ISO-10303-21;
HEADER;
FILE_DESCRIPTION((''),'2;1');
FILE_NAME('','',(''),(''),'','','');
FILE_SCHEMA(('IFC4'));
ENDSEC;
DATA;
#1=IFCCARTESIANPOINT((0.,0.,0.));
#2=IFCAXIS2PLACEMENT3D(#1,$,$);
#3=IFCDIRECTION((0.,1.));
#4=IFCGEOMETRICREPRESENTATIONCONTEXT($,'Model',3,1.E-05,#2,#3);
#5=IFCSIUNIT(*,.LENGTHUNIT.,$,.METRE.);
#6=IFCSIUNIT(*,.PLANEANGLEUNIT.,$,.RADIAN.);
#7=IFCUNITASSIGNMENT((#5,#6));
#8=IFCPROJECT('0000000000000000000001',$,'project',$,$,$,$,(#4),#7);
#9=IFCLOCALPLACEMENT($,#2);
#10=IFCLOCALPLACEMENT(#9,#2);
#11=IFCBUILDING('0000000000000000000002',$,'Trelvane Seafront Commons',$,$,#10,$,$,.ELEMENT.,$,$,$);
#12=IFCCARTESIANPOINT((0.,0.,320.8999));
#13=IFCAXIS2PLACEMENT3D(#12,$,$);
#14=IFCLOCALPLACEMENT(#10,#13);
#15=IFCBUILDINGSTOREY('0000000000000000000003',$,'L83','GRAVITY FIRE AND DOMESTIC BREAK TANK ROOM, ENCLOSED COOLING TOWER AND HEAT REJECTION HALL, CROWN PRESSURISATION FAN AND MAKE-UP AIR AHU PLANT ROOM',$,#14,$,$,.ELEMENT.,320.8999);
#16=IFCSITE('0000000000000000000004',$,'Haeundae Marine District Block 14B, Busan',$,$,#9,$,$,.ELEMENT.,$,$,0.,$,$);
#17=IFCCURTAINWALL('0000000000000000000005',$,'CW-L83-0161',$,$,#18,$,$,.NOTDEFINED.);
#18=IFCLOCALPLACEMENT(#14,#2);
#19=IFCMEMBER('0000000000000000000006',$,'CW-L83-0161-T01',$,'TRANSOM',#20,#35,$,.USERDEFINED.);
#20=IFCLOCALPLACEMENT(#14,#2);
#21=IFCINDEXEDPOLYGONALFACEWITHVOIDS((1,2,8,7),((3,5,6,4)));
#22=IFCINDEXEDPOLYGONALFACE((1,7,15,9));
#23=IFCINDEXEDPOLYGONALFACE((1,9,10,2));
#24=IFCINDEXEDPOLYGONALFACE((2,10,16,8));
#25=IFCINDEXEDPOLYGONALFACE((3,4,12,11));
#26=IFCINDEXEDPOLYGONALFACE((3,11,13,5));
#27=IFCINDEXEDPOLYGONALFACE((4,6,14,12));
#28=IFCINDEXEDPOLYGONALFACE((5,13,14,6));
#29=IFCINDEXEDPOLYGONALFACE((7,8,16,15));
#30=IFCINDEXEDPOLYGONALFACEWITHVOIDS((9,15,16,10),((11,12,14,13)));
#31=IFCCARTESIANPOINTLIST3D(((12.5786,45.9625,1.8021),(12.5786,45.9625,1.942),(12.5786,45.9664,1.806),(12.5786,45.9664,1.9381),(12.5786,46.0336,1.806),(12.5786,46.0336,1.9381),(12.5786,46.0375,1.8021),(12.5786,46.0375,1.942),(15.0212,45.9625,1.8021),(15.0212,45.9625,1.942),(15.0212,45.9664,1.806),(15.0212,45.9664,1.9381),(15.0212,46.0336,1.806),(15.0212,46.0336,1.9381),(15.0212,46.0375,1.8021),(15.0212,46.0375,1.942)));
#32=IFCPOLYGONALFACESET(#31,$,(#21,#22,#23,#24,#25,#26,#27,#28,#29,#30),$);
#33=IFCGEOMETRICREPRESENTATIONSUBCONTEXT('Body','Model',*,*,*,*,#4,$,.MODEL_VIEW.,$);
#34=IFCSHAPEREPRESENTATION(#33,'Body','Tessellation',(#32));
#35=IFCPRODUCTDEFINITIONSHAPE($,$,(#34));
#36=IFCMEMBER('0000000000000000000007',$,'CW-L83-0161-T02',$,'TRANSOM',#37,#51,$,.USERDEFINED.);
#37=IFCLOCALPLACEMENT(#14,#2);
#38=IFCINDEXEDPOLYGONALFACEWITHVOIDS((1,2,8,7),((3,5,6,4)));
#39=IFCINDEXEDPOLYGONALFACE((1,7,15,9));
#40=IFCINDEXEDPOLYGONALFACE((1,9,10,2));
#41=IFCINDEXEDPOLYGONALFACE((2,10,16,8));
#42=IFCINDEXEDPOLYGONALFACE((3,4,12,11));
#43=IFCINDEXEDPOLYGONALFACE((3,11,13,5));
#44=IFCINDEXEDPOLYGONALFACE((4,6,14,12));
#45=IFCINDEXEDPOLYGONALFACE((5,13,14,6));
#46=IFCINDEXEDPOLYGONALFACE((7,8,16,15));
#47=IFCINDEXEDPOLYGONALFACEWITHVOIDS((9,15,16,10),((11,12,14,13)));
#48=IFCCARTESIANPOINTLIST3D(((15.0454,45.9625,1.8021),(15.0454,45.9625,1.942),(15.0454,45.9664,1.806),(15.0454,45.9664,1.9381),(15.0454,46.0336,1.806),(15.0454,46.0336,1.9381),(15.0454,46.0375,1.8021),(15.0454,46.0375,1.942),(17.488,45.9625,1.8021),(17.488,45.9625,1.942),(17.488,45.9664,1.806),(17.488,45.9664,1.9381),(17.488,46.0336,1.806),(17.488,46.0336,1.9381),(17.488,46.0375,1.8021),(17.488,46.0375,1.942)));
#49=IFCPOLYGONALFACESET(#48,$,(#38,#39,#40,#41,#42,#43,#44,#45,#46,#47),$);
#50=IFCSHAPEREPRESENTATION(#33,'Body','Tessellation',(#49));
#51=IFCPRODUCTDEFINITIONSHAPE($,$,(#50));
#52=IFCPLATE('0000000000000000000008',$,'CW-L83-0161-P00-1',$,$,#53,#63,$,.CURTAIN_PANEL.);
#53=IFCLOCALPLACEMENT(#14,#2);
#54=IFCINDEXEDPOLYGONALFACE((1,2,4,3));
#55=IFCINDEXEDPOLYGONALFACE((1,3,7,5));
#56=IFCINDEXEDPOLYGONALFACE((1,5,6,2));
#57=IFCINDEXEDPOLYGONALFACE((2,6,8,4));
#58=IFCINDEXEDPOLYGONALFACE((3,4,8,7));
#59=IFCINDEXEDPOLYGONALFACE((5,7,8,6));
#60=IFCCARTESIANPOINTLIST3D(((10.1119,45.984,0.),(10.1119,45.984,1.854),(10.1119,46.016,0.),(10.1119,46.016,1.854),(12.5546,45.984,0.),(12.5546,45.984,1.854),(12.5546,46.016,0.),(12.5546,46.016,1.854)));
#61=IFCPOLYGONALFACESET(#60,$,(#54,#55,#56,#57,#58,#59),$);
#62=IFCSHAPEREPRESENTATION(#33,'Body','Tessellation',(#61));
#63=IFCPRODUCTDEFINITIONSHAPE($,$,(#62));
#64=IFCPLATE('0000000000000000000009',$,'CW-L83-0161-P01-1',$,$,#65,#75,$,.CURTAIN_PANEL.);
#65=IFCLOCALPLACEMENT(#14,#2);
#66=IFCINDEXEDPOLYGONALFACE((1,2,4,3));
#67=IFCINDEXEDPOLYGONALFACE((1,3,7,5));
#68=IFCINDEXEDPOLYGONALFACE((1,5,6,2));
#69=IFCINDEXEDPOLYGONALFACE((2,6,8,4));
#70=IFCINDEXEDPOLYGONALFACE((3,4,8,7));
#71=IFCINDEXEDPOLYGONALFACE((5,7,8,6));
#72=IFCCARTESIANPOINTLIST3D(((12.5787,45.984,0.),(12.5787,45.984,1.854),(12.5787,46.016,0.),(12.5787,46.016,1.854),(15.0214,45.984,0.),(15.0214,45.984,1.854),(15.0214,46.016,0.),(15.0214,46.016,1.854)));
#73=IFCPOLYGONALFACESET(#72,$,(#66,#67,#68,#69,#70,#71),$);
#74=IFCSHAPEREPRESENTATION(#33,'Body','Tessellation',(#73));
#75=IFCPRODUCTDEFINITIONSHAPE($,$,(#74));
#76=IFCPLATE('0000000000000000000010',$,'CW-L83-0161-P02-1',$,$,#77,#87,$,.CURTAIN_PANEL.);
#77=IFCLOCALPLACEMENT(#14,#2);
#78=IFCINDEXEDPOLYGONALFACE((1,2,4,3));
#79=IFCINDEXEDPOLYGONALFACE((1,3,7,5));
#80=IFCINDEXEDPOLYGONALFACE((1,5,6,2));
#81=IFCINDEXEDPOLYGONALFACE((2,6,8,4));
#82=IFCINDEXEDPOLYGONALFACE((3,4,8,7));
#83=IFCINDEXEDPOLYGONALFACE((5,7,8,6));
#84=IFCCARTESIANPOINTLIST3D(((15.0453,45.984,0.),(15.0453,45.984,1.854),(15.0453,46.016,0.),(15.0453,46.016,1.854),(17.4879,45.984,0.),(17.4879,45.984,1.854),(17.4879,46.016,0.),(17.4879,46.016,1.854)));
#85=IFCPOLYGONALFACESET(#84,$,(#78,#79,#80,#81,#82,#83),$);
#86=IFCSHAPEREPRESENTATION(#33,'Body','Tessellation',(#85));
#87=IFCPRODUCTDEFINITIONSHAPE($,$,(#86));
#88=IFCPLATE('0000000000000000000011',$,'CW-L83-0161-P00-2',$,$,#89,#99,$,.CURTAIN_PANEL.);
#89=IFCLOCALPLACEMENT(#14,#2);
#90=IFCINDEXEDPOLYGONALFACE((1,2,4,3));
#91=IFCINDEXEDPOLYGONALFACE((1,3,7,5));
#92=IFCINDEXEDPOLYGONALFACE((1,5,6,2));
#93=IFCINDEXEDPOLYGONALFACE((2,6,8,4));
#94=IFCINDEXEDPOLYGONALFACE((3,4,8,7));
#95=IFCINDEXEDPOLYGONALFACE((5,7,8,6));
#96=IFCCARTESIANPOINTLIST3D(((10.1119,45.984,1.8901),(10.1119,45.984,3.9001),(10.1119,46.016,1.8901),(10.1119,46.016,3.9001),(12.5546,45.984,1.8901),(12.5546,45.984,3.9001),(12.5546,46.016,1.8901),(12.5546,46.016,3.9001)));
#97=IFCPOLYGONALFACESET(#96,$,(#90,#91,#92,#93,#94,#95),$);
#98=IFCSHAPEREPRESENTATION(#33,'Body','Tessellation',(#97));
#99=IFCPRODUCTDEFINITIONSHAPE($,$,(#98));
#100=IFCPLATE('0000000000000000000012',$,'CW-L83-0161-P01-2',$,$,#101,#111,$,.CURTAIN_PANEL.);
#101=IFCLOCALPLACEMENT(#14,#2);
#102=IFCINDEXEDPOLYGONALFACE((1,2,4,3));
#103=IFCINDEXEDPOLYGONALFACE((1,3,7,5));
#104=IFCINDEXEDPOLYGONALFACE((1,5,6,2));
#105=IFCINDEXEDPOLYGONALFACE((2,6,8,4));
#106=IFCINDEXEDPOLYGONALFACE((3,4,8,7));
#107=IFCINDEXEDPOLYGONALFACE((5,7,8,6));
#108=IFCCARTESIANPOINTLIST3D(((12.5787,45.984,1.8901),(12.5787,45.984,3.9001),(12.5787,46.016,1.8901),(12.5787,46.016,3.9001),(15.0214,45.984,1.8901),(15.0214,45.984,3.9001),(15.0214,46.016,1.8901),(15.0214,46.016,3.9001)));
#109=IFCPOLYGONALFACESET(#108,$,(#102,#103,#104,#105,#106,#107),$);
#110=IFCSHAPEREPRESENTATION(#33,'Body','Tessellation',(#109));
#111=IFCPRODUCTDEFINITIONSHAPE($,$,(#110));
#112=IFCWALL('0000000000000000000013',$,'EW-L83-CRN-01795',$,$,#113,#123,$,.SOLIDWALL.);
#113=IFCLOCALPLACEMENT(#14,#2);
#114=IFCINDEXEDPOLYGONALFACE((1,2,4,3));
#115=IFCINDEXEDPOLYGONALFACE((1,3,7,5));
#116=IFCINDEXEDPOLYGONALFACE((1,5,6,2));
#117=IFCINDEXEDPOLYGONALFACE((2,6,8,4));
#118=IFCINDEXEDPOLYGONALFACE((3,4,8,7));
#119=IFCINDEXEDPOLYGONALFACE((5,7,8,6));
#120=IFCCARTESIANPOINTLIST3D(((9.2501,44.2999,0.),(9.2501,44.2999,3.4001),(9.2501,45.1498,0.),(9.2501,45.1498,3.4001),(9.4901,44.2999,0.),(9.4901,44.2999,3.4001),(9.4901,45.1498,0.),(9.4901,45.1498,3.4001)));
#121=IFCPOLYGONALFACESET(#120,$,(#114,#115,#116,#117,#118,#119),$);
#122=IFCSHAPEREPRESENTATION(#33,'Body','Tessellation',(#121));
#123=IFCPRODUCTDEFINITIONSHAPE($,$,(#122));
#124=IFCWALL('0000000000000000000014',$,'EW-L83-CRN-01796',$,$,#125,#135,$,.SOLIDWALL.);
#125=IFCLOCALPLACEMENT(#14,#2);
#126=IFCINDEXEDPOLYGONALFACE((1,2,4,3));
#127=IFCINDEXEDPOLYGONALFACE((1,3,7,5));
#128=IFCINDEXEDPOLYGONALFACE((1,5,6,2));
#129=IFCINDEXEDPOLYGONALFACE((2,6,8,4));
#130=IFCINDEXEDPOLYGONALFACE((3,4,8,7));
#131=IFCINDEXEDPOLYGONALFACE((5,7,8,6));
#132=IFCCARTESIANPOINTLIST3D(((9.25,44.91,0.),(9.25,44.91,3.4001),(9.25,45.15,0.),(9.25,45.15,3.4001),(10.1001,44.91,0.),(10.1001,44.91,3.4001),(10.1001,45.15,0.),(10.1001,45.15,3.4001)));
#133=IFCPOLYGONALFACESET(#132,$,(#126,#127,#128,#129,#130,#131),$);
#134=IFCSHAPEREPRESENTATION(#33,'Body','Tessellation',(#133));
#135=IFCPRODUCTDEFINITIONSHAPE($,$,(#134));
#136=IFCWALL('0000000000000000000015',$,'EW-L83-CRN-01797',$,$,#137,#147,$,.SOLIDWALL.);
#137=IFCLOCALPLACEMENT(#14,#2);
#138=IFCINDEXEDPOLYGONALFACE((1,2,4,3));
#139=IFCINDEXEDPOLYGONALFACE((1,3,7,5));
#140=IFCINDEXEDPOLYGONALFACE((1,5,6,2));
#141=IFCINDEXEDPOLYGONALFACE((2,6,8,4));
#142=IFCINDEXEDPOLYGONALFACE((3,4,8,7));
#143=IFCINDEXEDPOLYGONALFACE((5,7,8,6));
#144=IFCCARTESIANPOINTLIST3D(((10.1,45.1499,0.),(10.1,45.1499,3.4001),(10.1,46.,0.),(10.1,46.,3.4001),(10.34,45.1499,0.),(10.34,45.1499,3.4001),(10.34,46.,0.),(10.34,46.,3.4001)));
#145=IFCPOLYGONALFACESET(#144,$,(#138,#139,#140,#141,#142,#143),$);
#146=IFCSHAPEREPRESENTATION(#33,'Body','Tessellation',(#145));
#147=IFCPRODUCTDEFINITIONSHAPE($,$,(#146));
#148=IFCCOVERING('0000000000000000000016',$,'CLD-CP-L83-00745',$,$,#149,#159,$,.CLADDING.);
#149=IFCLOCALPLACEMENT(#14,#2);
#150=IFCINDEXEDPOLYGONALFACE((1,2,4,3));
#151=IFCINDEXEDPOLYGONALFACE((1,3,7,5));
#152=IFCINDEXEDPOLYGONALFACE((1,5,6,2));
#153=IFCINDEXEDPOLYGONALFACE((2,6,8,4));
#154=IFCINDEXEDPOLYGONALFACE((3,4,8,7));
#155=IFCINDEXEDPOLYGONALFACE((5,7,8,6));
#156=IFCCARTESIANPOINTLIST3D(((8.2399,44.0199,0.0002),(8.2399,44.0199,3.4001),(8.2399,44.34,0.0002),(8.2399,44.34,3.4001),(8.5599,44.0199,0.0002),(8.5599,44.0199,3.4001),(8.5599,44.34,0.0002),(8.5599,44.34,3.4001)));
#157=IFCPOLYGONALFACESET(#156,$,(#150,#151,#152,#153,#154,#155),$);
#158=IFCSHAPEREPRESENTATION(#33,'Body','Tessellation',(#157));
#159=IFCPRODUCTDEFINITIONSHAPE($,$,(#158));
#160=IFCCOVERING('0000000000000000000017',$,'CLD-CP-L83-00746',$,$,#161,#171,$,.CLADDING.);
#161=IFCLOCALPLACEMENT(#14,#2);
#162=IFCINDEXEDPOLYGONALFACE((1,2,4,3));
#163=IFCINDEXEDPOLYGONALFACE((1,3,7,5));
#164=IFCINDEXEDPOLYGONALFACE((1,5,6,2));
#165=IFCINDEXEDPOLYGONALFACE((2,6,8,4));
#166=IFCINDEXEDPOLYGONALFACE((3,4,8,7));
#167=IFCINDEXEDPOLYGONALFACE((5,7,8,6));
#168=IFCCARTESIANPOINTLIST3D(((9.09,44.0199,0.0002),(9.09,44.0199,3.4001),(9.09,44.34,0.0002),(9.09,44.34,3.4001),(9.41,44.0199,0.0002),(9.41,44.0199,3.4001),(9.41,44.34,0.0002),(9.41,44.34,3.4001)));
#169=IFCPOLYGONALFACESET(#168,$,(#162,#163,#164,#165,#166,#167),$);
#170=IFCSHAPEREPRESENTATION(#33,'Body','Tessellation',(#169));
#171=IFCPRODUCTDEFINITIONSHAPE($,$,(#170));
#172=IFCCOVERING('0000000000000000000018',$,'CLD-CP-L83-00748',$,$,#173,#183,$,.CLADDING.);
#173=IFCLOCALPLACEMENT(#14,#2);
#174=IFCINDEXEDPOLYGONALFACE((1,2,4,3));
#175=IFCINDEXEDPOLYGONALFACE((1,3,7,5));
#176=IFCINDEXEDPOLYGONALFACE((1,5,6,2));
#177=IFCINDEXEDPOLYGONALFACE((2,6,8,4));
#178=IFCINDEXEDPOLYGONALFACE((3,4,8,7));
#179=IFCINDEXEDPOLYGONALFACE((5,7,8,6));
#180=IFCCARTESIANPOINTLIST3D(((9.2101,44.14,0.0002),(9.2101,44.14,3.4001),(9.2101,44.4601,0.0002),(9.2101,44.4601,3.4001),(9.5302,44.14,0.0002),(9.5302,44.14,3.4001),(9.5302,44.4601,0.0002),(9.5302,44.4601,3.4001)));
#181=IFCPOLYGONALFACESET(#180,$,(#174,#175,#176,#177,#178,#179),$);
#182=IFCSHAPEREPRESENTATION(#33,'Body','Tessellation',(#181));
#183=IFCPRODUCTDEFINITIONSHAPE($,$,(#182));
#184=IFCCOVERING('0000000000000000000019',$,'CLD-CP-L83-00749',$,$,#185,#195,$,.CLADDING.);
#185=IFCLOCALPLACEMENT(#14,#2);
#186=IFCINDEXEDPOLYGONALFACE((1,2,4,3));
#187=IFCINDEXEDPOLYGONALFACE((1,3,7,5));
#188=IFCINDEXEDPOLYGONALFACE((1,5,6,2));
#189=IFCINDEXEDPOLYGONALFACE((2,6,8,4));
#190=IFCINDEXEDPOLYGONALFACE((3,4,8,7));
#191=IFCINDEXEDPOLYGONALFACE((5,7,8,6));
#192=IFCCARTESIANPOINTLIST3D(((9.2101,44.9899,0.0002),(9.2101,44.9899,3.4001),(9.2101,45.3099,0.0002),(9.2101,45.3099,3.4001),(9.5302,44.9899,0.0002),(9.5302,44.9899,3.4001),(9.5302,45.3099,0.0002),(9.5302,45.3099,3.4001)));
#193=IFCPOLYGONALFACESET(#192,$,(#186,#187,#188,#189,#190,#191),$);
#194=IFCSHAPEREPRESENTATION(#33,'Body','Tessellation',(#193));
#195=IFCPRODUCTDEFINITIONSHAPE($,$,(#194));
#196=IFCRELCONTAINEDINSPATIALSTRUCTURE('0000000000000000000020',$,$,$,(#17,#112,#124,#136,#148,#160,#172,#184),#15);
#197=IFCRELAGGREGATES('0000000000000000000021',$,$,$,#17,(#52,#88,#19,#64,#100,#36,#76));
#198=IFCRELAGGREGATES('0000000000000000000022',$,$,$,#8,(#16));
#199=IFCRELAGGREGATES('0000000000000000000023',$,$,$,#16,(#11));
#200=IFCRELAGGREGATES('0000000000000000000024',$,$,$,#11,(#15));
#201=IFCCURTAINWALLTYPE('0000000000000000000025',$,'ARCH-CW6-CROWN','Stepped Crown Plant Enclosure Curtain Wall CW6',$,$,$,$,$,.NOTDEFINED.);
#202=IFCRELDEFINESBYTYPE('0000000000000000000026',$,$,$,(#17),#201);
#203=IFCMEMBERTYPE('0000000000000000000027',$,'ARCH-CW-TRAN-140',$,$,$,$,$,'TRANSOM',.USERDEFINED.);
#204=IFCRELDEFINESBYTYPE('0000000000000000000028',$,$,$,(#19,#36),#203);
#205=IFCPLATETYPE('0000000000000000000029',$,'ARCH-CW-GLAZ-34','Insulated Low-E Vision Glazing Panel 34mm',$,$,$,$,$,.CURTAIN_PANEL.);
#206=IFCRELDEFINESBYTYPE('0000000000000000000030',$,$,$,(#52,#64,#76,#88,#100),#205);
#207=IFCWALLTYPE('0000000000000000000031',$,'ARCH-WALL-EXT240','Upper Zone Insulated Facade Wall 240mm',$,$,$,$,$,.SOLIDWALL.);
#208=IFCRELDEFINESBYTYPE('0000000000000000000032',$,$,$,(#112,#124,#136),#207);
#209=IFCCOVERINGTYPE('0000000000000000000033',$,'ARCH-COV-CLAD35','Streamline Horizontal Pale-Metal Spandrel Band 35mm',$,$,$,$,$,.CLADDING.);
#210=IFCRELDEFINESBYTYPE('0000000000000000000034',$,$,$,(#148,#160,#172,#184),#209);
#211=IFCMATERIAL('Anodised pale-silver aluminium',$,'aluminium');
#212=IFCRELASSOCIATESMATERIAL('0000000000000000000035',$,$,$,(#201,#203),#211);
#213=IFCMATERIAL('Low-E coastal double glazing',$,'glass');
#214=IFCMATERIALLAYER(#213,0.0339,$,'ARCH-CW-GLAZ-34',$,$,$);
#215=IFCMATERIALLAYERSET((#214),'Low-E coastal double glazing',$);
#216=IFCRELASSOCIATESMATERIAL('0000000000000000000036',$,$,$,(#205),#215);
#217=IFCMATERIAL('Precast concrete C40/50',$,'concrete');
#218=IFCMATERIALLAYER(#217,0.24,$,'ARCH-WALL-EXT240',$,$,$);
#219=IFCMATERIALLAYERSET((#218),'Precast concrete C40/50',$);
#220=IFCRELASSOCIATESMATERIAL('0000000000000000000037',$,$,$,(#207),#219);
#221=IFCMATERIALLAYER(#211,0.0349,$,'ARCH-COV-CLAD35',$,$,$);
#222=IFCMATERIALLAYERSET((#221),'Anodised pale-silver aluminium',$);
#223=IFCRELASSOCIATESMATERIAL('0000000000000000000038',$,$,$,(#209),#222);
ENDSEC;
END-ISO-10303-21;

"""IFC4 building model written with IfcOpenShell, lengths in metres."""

from ifc_helpers import new_model, si_unit, direction, frame, frame_2d, origin, origin_2d, place, context, subcontext, project, spatial, rectangle, hollow_rectangle, extrude, source, transform, mapped, material, layer, layer_set, material_profile, profile_set, type_object, element, aggregate, save


model = new_model("IFC4")

# Units and contexts
model_context = context("Model", 3, precision=1e-05, world=origin(), true_north=direction((0.0, 1.0)))
body_context = subcontext(model_context, "Body", "Model", "MODEL_VIEW")
ifc_project = project(units=[si_unit("LENGTHUNIT", "METRE"), si_unit("PLANEANGLEUNIT", "RADIAN")], contexts=[model_context])

# Site, building, storey
site_placement = place(None, origin())
site = spatial("IfcSite", under=ifc_project, at=site_placement, Name="Haeundae Marine District Block 14B, Busan", CompositionType="ELEMENT", RefElevation=0.0)
building_placement = place(site_placement, origin())
building = spatial("IfcBuilding", under=site, at=building_placement, Name="Trelvane Seafront Commons", CompositionType="ELEMENT")
storey_placement = place(building_placement, frame((0.0, 0.0, 320.8999)))
storey = spatial("IfcBuildingStorey", under=building, at=storey_placement, Name="L83", Description="GRAVITY FIRE AND DOMESTIC BREAK TANK ROOM, ENCLOSED COOLING TOWER AND HEAT REJECTION HALL, CROWN PRESSURISATION FAN AND MAKE-UP AIR AHU PLANT ROOM", CompositionType="ELEMENT", Elevation=320.8999)

# Shared definitions
ifc_material_1 = material(Name="Anodised pale-silver aluminium", Category="aluminium")
curtain_wall_type = type_object("IfcCurtainWallType", Name="ARCH-CW6-CROWN", Description="Stepped Crown Plant Enclosure Curtain Wall CW6", PredefinedType="NOTDEFINED", material=ifc_material_1)

# Curtain wall, members, plates
curtain_wall_1_placement = place(storey_placement, origin())
curtain_wall_1 = element("IfcCurtainWall", 1, at=curtain_wall_1_placement, inside=storey, type_object=curtain_wall_type, Name="CW-L83-0161", PredefinedType="NOTDEFINED")
ifc_material_profile_1 = material_profile(ifc_material_1, hollow_rectangle(XDim=0.075, YDim=0.1399, WallThickness=0.0039, at=origin_2d()), Name="TRAN-75x140x4")
ifc_profile_set_1 = profile_set([ifc_material_profile_1], Name="Anodised pale-silver aluminium")
member_type_1 = type_object("IfcMemberType", Name="ARCH-CW-TRAN-140", ElementType="TRANSOM", PredefinedType="USERDEFINED", material=ifc_profile_set_1)
shared_shape_1 = source(origin(), body_context, "Body", "SweptSolid", [
    extrude(hollow_rectangle(XDim=0.075, YDim=0.1399, WallThickness=0.0039, at=origin_2d()), origin(), (0.0, 0.0, 1.0), 2.4426),
])
member_1_placement = place(storey_placement, frame((12.5786, 46.0, 1.8721), z_axis=(1.0, 0.0, 0.0), x_axis=(0.0, 1.0, 0.0)))
member_1 = element("IfcMember", 2, at=member_1_placement, type_object=member_type_1, Name="CW-L83-0161-T01", ObjectType="TRANSOM", PredefinedType="USERDEFINED", context=body_context, shape_type="MappedRepresentation", body=[
    mapped(shared_shape_1, transform((0.0, 0.0, 0.0), x_axis=(1.0, 0.0, 0.0), y_axis=(0.0, 1.0, 0.0), z_axis=(0.0, 0.0, 1.0), scale=1.0)),
])
member_2_placement = place(storey_placement, frame((15.0454, 46.0, 1.8721), z_axis=(1.0, 0.0, 0.0), x_axis=(0.0, 1.0, 0.0)))
member_2 = element("IfcMember", 3, at=member_2_placement, type_object=member_type_1, Name="CW-L83-0161-T02", ObjectType="TRANSOM", PredefinedType="USERDEFINED", context=body_context, shape_type="MappedRepresentation", body=[
    mapped(shared_shape_1, transform((0.0, 0.0, 0.0), x_axis=(1.0, 0.0, 0.0), y_axis=(0.0, 1.0, 0.0), z_axis=(0.0, 0.0, 1.0), scale=1.0)),
])
ifc_material_2 = material(Name="Low-E coastal double glazing", Category="glass")
ifc_layer_1 = layer(ifc_material_2, 0.0339, Name="ARCH-CW-GLAZ-34")
ifc_layer_set_1 = layer_set([ifc_layer_1], Name="Low-E coastal double glazing")
plate_type = type_object("IfcPlateType", Name="ARCH-CW-GLAZ-34", Description="Insulated Low-E Vision Glazing Panel 34mm", PredefinedType="CURTAIN_PANEL", material=ifc_layer_set_1)
shared_shape_2 = source(origin(), body_context, "Body", "SweptSolid", [
    extrude(rectangle(XDim=2.4426, YDim=0.032, at=origin_2d()), origin(), (0.0, 0.0, 1.0), 1.854),
])
plate_1_placement = place(storey_placement, frame((11.3333, 46.0, 0.0), z_axis=(0.0, 0.0, 1.0), x_axis=(1.0, 0.0, 0.0)))
plate_1 = element("IfcPlate", 4, at=plate_1_placement, type_object=plate_type, Name="CW-L83-0161-P00-1", PredefinedType="CURTAIN_PANEL", context=body_context, shape_type="MappedRepresentation", body=[
    mapped(shared_shape_2, transform((0.0, 0.0, 0.0), x_axis=(1.0, 0.0, 0.0), y_axis=(0.0, 1.0, 0.0), z_axis=(0.0, 0.0, 1.0), scale=1.0)),
])
plate_2_placement = place(storey_placement, frame((13.8, 46.0, 0.0), z_axis=(0.0, 0.0, 1.0), x_axis=(1.0, 0.0, 0.0)))
plate_2 = element("IfcPlate", 5, at=plate_2_placement, type_object=plate_type, Name="CW-L83-0161-P01-1", PredefinedType="CURTAIN_PANEL", context=body_context, shape_type="MappedRepresentation", body=[
    mapped(shared_shape_2, transform((0.0, 0.0, 0.0), x_axis=(1.0, 0.0, 0.0), y_axis=(0.0, 1.0, 0.0), z_axis=(0.0, 0.0, 1.0), scale=1.0)),
])
plate_3_placement = place(storey_placement, frame((16.2666, 46.0, 0.0), z_axis=(0.0, 0.0, 1.0), x_axis=(1.0, 0.0, 0.0)))
plate_3 = element("IfcPlate", 6, at=plate_3_placement, type_object=plate_type, Name="CW-L83-0161-P02-1", PredefinedType="CURTAIN_PANEL", context=body_context, shape_type="MappedRepresentation", body=[
    mapped(shared_shape_2, transform((0.0, 0.0, 0.0), x_axis=(1.0, 0.0, 0.0), y_axis=(0.0, 1.0, 0.0), z_axis=(0.0, 0.0, 1.0), scale=1.0)),
])
shared_shape_3 = source(origin(), body_context, "Body", "SweptSolid", [
    extrude(rectangle(XDim=2.4426, YDim=0.032, at=origin_2d()), origin(), (0.0, 0.0, 1.0), 2.01),
])
plate_4_placement = place(storey_placement, frame((11.3333, 46.0, 1.8901), z_axis=(0.0, 0.0, 1.0), x_axis=(1.0, 0.0, 0.0)))
plate_4 = element("IfcPlate", 7, at=plate_4_placement, type_object=plate_type, Name="CW-L83-0161-P00-2", PredefinedType="CURTAIN_PANEL", context=body_context, shape_type="MappedRepresentation", body=[
    mapped(shared_shape_3, transform((0.0, 0.0, 0.0), x_axis=(1.0, 0.0, 0.0), y_axis=(0.0, 1.0, 0.0), z_axis=(0.0, 0.0, 1.0), scale=1.0)),
])
plate_5_placement = place(storey_placement, frame((13.8, 46.0, 1.8901), z_axis=(0.0, 0.0, 1.0), x_axis=(1.0, 0.0, 0.0)))
plate_5 = element("IfcPlate", 8, at=plate_5_placement, type_object=plate_type, Name="CW-L83-0161-P01-2", PredefinedType="CURTAIN_PANEL", context=body_context, shape_type="MappedRepresentation", body=[
    mapped(shared_shape_3, transform((0.0, 0.0, 0.0), x_axis=(1.0, 0.0, 0.0), y_axis=(0.0, 1.0, 0.0), z_axis=(0.0, 0.0, 1.0), scale=1.0)),
])
aggregate(curtain_wall_1, [plate_1, plate_4, member_1, plate_2, plate_5, member_2, plate_3])

# Walls
ifc_material_3 = material(Name="Precast concrete C40/50", Category="concrete")
ifc_layer_2 = layer(ifc_material_3, 0.24, Name="ARCH-WALL-EXT240")
ifc_layer_set_2 = layer_set([ifc_layer_2], Name="Precast concrete C40/50")
wall_type = type_object("IfcWallType", Name="ARCH-WALL-EXT240", Description="Upper Zone Insulated Facade Wall 240mm", PredefinedType="SOLIDWALL", material=ifc_layer_set_2)
wall_placement = place(storey_placement, frame((9.3701, 44.3, 0.0), z_axis=(0.0, 0.0, 1.0), x_axis=(0.0, 1.0, 0.0)))
element("IfcWall", 9, at=wall_placement, inside=storey, type_object=wall_type, Name="EW-L83-CRN-01795", PredefinedType="SOLIDWALL", context=body_context, shape_type="SweptSolid", body=[
    extrude(rectangle(XDim=0.8499, YDim=0.24, at=frame_2d((0.4248, 0.0))), origin(), (0.0, 0.0, 1.0), 3.4001),
])
for number, where, z_axis, x_axis, name in (
    (10, (9.25, 45.03, 0.0), (0.0, 0.0, 1.0), (1.0, 0.0, 0.0), "EW-L83-CRN-01796"),
    (11, (10.22, 45.1499, 0.0), (0.0, 0.0, 1.0), (0.0, 1.0, 0.0), "EW-L83-CRN-01797"),
):
    element("IfcWall", number, at=place(storey_placement, frame(where, z_axis=z_axis, x_axis=x_axis)), inside=storey, type_object=wall_type, Name=name, PredefinedType="SOLIDWALL", context=body_context, shape_type="SweptSolid", body=[
        extrude(rectangle(XDim=0.8501, YDim=0.24, at=frame_2d((0.425, 0.0))), origin(), (0.0, 0.0, 1.0), 3.4001),
    ])

# Coverings
ifc_layer_3 = layer(ifc_material_1, 0.0349, Name="ARCH-COV-CLAD35")
ifc_layer_set_3 = layer_set([ifc_layer_3], Name="Anodised pale-silver aluminium")
covering_type = type_object("IfcCoveringType", Name="ARCH-COV-CLAD35", Description="Streamline Horizontal Pale-Metal Spandrel Band 35mm", PredefinedType="CLADDING", material=ifc_layer_set_3)
shared_shape_4 = source(origin(), body_context, "Body", "SweptSolid", [
    extrude(rectangle(XDim=0.3201, YDim=0.3201, at=origin_2d()), origin(), (0.0, 0.0, 1.0), 3.3999),
])
for number, where, z_axis, x_axis, name in (
    (12, (8.3999, 44.1799, 0.0002), (0.0, 0.0, 1.0), (1.0, 0.0, 0.0), "CLD-CP-L83-00745"),
    (13, (9.25, 44.1799, 0.0002), (0.0, 0.0, 1.0), (1.0, 0.0, 0.0), "CLD-CP-L83-00746"),
    (14, (9.3701, 44.3, 0.0002), (0.0, 0.0, 1.0), (1.0, 0.0, 0.0), "CLD-CP-L83-00748"),
    (15, (9.3701, 45.1499, 0.0002), (0.0, 0.0, 1.0), (1.0, 0.0, 0.0), "CLD-CP-L83-00749"),
):
    element("IfcCovering", number, at=place(storey_placement, frame(where, z_axis=z_axis, x_axis=x_axis)), inside=storey, type_object=covering_type, Name=name, PredefinedType="CLADDING", context=body_context, shape_type="MappedRepresentation", body=[
        mapped(shared_shape_4, transform((0.0, 0.0, 0.0), x_axis=(1.0, 0.0, 0.0), y_axis=(0.0, 1.0, 0.0), z_axis=(0.0, 0.0, 1.0), scale=1.0)),
    ])

save(model, "model.ifc")
